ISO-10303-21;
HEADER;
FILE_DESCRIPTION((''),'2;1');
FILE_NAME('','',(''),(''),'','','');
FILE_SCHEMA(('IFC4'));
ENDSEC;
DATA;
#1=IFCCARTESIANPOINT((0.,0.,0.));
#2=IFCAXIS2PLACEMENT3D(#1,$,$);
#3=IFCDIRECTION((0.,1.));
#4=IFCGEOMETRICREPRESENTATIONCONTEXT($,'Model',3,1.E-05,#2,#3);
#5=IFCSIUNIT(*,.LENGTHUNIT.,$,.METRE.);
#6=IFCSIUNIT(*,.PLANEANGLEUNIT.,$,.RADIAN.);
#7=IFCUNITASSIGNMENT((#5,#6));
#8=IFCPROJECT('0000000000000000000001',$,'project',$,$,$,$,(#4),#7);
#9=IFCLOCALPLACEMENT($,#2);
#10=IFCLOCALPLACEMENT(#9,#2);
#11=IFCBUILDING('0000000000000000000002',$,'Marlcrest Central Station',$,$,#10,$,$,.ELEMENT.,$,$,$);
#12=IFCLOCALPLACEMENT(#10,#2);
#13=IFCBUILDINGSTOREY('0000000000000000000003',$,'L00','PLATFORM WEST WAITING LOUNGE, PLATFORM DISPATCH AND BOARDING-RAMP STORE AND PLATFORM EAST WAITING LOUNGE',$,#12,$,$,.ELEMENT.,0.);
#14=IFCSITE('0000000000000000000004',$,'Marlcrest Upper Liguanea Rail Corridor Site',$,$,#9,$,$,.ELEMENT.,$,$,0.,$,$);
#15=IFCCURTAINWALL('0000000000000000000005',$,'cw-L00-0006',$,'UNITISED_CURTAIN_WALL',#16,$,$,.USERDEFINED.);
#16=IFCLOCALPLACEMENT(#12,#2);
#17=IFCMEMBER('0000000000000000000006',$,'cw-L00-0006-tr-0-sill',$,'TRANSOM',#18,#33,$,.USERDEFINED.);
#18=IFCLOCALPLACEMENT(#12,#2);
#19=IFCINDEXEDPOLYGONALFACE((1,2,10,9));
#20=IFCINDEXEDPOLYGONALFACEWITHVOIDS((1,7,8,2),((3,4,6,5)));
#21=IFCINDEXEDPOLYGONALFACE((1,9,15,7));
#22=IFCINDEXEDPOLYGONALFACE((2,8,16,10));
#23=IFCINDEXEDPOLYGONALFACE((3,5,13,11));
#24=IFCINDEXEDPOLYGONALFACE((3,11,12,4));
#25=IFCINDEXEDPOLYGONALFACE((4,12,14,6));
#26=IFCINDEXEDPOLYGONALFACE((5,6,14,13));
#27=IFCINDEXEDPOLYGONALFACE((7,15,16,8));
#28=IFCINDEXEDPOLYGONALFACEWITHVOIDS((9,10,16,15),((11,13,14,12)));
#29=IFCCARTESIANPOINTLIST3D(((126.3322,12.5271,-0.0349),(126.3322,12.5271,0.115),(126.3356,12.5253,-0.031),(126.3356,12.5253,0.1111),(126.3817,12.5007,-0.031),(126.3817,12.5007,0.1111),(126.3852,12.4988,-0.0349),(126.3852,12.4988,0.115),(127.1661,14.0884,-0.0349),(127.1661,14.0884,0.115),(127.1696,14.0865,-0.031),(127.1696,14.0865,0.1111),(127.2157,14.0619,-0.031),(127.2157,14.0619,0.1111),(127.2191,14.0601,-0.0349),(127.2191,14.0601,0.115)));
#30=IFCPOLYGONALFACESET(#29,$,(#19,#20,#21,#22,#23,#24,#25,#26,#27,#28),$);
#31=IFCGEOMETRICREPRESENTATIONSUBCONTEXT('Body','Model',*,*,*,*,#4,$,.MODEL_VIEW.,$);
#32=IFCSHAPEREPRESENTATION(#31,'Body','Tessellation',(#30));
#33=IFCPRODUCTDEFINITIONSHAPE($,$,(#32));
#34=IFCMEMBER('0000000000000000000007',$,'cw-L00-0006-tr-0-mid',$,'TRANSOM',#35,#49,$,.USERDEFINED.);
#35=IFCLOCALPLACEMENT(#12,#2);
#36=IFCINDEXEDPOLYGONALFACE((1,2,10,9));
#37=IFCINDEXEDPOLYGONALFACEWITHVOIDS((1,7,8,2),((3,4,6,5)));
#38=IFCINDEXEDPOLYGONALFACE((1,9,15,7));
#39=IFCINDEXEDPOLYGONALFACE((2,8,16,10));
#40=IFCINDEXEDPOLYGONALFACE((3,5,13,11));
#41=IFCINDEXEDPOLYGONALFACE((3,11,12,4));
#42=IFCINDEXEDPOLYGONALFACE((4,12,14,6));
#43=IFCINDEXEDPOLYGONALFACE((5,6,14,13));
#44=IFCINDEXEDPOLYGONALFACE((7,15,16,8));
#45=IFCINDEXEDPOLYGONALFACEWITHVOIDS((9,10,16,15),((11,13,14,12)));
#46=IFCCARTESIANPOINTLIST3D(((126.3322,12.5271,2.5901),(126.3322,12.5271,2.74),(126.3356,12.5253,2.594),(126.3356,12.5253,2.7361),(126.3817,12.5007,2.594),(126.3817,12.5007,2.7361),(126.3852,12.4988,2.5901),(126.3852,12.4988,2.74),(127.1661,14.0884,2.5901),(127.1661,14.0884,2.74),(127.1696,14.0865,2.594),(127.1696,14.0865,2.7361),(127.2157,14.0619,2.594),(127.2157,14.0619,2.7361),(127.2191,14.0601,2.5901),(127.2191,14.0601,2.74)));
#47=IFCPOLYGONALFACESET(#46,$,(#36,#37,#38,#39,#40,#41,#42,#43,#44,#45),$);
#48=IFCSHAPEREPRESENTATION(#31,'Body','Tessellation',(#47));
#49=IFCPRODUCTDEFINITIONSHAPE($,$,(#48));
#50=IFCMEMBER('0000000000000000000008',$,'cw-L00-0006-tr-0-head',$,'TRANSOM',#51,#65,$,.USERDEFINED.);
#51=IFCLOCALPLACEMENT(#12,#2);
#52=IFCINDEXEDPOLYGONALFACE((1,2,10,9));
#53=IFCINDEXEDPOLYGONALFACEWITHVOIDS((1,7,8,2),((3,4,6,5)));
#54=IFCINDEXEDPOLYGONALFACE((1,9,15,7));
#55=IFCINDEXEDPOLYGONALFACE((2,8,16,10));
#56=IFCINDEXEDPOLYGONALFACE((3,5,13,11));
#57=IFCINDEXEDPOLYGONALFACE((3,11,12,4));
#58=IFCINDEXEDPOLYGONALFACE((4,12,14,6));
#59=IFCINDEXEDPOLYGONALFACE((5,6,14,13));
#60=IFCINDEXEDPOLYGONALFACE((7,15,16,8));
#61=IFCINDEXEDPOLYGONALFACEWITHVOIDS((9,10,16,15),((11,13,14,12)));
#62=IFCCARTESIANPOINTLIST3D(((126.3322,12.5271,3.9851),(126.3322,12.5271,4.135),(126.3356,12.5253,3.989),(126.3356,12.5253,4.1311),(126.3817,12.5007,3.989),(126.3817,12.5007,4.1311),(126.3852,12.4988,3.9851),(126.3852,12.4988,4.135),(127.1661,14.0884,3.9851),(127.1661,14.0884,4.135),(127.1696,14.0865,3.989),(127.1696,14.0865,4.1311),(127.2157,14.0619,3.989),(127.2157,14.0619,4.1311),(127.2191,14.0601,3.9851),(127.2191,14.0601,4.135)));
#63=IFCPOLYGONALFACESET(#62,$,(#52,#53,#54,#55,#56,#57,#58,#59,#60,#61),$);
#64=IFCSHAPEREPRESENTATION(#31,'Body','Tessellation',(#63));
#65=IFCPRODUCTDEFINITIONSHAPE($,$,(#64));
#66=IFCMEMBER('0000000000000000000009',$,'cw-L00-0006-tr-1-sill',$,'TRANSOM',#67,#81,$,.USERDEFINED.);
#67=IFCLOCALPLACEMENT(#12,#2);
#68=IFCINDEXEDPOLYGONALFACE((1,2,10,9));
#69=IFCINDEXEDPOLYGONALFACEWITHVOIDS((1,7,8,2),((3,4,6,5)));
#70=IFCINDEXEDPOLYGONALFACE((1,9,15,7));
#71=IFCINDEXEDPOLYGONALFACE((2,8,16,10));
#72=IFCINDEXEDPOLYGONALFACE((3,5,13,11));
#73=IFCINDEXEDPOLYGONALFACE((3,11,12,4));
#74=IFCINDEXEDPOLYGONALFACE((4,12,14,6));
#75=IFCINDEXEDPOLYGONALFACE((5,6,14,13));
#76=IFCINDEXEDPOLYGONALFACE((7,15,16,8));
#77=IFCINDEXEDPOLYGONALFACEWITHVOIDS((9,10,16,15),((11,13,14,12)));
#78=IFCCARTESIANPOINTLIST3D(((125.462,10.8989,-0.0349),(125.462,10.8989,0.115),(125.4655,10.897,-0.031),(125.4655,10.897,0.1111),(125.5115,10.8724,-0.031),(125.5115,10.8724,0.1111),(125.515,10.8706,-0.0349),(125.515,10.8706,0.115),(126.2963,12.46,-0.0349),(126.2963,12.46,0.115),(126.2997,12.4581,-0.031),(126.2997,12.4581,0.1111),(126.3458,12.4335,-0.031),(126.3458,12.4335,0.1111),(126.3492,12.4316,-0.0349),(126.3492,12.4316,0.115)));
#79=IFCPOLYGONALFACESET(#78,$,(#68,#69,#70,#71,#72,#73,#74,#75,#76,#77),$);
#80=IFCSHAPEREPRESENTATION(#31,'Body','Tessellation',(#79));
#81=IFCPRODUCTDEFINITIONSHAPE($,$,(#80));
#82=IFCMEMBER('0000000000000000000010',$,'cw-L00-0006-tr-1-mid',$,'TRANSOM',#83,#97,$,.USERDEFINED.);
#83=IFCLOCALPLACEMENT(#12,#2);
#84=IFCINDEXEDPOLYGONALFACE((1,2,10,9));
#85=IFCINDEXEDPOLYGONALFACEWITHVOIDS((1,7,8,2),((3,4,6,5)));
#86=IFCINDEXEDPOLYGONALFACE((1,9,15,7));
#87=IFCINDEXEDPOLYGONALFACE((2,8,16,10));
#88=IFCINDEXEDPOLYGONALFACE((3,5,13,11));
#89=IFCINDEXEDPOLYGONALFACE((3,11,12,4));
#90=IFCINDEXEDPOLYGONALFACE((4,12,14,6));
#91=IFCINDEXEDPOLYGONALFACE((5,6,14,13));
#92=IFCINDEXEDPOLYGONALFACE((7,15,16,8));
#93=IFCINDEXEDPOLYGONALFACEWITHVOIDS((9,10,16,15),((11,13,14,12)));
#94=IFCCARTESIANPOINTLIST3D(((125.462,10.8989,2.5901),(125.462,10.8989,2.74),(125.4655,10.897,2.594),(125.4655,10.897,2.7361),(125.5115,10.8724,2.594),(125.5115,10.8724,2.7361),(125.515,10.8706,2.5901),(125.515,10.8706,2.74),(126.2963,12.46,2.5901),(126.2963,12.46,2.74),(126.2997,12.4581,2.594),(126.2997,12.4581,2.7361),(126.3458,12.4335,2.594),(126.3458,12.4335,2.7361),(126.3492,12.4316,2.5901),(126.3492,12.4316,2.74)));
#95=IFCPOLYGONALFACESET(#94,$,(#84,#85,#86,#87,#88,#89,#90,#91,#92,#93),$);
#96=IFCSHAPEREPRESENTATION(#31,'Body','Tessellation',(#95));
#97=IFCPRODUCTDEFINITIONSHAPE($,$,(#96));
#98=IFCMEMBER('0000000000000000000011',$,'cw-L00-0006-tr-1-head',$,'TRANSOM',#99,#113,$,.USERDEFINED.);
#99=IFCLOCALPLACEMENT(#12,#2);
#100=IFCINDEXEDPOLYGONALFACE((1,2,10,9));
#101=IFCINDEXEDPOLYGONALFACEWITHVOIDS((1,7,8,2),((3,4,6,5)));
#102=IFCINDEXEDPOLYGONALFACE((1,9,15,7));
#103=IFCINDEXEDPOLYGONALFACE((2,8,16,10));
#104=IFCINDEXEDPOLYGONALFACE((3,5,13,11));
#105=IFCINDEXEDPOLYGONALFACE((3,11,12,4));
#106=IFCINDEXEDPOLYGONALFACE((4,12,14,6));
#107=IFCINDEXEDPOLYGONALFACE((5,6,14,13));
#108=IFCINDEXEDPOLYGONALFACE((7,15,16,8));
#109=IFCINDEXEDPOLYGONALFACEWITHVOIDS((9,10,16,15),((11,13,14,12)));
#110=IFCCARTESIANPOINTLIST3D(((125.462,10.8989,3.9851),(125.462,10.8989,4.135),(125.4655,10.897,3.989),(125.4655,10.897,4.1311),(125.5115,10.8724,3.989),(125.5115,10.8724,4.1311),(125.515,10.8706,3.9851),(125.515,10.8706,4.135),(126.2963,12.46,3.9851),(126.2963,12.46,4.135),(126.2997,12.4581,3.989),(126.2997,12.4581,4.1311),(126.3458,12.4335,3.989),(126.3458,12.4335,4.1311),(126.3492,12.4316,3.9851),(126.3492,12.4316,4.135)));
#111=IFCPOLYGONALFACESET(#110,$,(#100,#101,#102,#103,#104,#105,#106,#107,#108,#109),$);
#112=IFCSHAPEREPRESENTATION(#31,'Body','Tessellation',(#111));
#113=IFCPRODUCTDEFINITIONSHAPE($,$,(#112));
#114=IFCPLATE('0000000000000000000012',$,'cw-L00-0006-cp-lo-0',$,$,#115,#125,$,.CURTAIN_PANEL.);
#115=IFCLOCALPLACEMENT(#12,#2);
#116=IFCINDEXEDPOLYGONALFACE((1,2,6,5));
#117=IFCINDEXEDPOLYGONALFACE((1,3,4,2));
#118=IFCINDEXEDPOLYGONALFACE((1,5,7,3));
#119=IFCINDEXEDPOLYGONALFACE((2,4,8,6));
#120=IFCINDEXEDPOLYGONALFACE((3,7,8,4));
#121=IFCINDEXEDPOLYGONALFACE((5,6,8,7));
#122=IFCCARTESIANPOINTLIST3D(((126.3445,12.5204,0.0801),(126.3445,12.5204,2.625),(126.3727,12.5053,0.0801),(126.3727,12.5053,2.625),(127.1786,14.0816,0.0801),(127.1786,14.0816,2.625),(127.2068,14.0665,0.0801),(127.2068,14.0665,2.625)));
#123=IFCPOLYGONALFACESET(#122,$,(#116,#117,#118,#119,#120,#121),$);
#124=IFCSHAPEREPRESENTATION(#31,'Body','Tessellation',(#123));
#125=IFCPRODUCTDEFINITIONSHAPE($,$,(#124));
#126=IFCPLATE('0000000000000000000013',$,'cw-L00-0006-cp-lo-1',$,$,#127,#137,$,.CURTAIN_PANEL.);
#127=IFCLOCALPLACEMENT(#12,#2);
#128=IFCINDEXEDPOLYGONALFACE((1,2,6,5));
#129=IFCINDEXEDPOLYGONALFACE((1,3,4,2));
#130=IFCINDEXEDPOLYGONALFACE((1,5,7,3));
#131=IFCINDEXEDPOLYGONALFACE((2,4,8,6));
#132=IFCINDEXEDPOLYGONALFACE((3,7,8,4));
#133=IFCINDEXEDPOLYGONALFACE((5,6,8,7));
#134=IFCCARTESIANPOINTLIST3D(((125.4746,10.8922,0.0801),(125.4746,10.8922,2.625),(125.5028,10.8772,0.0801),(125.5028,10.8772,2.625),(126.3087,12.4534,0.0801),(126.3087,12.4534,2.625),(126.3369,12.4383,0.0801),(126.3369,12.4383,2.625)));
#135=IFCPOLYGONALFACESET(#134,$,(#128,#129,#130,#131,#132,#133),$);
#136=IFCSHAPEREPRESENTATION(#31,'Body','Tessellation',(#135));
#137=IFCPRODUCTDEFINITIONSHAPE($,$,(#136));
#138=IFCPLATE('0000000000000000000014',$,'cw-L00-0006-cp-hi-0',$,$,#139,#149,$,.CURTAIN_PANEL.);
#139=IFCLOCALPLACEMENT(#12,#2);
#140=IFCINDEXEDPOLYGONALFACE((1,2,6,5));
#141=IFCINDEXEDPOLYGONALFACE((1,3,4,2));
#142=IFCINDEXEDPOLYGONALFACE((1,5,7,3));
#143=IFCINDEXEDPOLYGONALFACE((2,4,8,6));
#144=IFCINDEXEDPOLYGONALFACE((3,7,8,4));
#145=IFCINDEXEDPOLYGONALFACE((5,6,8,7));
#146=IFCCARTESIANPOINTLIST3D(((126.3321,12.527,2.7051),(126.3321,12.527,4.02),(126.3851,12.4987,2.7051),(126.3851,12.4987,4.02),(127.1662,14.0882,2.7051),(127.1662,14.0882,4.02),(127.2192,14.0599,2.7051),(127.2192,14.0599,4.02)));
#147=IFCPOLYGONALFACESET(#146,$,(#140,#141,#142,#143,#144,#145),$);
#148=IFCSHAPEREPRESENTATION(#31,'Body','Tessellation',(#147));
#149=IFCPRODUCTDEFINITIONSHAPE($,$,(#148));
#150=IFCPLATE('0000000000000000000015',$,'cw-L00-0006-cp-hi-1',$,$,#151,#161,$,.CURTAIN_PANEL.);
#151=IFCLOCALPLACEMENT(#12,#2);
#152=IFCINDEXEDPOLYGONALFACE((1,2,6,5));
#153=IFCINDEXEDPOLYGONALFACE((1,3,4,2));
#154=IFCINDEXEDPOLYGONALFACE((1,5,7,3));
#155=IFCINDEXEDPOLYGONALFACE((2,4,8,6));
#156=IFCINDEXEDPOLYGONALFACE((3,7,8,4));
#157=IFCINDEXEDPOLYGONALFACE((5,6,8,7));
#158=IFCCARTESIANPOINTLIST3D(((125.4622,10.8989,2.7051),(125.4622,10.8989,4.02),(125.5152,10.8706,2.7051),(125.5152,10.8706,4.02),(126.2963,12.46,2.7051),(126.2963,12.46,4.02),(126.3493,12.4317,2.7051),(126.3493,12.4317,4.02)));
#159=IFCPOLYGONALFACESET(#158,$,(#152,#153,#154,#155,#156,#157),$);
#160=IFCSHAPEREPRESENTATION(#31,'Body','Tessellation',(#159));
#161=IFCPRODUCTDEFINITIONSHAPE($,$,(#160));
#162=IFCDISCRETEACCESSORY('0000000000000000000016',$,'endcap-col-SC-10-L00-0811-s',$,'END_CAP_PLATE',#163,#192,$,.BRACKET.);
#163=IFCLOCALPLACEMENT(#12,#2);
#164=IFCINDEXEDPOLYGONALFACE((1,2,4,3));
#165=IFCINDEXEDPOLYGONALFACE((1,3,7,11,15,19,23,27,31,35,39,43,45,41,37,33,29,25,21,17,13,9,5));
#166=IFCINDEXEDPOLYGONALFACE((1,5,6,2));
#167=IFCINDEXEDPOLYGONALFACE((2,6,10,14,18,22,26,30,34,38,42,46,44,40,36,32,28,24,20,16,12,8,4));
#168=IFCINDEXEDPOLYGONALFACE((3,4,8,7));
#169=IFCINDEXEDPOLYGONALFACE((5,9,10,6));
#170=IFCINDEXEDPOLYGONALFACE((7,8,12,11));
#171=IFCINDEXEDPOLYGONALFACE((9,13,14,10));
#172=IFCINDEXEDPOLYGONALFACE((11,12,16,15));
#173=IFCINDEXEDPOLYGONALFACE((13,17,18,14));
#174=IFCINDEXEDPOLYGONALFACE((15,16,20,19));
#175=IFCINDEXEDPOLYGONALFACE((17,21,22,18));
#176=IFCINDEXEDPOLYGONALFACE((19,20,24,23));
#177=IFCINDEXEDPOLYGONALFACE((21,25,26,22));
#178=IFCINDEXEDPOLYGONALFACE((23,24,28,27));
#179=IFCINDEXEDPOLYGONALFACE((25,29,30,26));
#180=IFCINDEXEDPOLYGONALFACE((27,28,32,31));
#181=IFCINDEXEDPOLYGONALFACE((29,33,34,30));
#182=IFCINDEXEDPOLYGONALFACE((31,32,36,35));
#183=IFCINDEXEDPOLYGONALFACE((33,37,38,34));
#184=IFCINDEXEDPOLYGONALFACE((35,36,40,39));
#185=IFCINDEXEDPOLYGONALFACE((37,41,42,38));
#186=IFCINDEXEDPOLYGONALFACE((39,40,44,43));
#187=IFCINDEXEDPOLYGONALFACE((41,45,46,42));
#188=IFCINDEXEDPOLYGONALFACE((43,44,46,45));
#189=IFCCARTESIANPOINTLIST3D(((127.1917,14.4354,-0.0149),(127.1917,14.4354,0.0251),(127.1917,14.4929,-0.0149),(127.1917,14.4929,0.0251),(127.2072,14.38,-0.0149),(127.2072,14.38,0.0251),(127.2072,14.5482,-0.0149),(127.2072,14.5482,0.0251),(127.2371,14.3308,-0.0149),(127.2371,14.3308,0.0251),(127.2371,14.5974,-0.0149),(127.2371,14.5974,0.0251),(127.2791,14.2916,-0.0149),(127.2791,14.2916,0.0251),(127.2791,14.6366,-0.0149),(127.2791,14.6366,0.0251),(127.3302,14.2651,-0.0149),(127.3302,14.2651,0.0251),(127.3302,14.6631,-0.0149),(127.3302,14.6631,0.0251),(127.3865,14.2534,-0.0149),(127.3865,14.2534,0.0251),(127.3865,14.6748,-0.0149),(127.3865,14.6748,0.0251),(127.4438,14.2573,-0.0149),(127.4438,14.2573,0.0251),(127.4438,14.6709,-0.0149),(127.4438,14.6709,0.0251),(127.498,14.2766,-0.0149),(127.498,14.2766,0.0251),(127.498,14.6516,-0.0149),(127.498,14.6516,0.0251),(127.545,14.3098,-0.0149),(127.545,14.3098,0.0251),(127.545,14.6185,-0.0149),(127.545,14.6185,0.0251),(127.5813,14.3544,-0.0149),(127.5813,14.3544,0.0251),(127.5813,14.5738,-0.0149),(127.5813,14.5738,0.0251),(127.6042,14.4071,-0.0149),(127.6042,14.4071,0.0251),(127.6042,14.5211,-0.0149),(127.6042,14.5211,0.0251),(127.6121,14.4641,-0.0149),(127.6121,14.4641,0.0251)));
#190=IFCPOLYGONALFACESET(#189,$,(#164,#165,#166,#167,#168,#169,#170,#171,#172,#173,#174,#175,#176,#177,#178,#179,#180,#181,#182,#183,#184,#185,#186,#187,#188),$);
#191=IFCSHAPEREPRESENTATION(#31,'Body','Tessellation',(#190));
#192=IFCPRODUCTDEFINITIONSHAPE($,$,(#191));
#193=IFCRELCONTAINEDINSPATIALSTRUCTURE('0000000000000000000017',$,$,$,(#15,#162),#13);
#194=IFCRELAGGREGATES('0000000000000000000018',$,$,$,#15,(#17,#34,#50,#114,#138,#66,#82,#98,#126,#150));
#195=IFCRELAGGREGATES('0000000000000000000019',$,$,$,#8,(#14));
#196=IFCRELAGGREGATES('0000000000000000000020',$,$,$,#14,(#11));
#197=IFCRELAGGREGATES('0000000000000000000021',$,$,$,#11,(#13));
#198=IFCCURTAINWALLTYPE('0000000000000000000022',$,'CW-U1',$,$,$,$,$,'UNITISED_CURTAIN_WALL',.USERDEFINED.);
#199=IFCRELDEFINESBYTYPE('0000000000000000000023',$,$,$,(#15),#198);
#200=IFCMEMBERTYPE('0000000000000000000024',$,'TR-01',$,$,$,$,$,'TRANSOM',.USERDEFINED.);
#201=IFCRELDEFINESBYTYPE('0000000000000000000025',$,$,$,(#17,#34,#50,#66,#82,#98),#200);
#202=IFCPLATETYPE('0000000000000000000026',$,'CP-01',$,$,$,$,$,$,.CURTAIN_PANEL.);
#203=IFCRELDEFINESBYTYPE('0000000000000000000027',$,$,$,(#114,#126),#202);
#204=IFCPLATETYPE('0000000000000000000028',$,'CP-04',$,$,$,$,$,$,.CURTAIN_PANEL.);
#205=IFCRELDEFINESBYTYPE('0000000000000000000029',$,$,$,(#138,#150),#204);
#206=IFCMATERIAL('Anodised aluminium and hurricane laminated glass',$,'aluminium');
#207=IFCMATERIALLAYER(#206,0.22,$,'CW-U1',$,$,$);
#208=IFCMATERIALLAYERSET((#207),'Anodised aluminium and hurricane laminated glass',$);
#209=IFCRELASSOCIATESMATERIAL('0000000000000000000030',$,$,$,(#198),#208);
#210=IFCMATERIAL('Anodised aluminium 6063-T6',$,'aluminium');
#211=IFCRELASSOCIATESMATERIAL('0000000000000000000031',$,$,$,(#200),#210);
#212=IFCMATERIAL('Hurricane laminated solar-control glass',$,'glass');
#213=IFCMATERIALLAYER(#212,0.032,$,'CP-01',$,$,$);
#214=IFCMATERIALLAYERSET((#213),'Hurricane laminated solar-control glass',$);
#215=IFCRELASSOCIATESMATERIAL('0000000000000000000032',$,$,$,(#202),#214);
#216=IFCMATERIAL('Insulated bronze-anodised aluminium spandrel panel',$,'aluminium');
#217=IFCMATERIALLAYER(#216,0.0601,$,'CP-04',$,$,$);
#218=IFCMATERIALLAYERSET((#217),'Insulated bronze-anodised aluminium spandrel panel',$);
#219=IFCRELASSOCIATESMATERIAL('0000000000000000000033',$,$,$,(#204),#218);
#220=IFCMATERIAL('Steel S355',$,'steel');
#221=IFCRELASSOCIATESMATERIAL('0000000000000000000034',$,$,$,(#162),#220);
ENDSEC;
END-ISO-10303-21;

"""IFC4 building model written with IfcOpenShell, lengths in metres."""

from ifc_helpers import new_model, si_unit, direction, frame, origin, origin_2d, place, context, subcontext, project, spatial, rectangle, hollow_rectangle, circle, extrude, material, layer, layer_set, material_profile, profile_set, type_object, element, aggregate, save


model = new_model("IFC4")

# Units and contexts
model_context = context("Model", 3, precision=1e-05, world=origin(), true_north=direction((0.0, 1.0)))
body_context = subcontext(model_context, "Body", "Model", "MODEL_VIEW")
ifc_project = project(units=[si_unit("LENGTHUNIT", "METRE"), si_unit("PLANEANGLEUNIT", "RADIAN")], contexts=[model_context])

# Site, building, storey
site_placement = place(None, origin())
site = spatial("IfcSite", under=ifc_project, at=site_placement, Name="Marlcrest Upper Liguanea Rail Corridor Site", CompositionType="ELEMENT", RefElevation=0.0)
building_placement = place(site_placement, origin())
building = spatial("IfcBuilding", under=site, at=building_placement, Name="Marlcrest Central Station", CompositionType="ELEMENT")
storey_placement = place(building_placement, origin())
storey = spatial("IfcBuildingStorey", under=building, at=storey_placement, Name="L00", Description="PLATFORM WEST WAITING LOUNGE, PLATFORM DISPATCH AND BOARDING-RAMP STORE AND PLATFORM EAST WAITING LOUNGE", CompositionType="ELEMENT", Elevation=0.0)

# Shared definitions
ifc_material_1 = material(Name="Steel S355", Category="steel")

# Curtain wall
ifc_material_2 = material(Name="Anodised aluminium and hurricane laminated glass", Category="aluminium")
ifc_layer_1 = layer(ifc_material_2, 0.22, Name="CW-U1")
ifc_layer_set_1 = layer_set([ifc_layer_1], Name="Anodised aluminium and hurricane laminated glass")
curtain_wall_type = type_object("IfcCurtainWallType", Name="CW-U1", ElementType="UNITISED_CURTAIN_WALL", PredefinedType="USERDEFINED", material=ifc_layer_set_1)
curtain_wall_1_placement = place(storey_placement, origin())
curtain_wall_1 = element("IfcCurtainWall", 1, at=curtain_wall_1_placement, inside=storey, type_object=curtain_wall_type, Name="cw-L00-0006", ObjectType="UNITISED_CURTAIN_WALL", PredefinedType="USERDEFINED")
ifc_material_3 = material(Name="Anodised aluminium 6063-T6", Category="aluminium")

# Members
ifc_material_profile_1 = material_profile(ifc_material_3, hollow_rectangle(XDim=0.0601, YDim=0.1499, WallThickness=0.0039, at=origin_2d()), Name="AA-RHS 150x60x4")
ifc_profile_set_1 = profile_set([ifc_material_profile_1], Name="Anodised aluminium 6063-T6")
member_type_1 = type_object("IfcMemberType", Name="TR-01", ElementType="TRANSOM", PredefinedType="USERDEFINED", material=ifc_profile_set_1)
member_1_placement = place(storey_placement, frame((127.1926, 14.0742, 0.04), z_axis=(-0.471161, -0.882047, 0.0), x_axis=(0.882047, -0.471161, 0.0)))
member_1 = element("IfcMember", 2, at=member_1_placement, type_object=member_type_1, Name="cw-L00-0006-tr-0-sill", ObjectType="TRANSOM", PredefinedType="USERDEFINED", context=body_context, shape_type="SweptSolid", body=[
    extrude(hollow_rectangle(XDim=0.0601, YDim=0.1499, WallThickness=0.0039, at=origin_2d()), origin(), (0.0, 0.0, 1.0), 1.77),
])
member_2_placement = place(storey_placement, frame((127.1926, 14.0742, 2.665), z_axis=(-0.471161, -0.882047, 0.0), x_axis=(0.882047, -0.471161, 0.0)))
member_2 = element("IfcMember", 3, at=member_2_placement, type_object=member_type_1, Name="cw-L00-0006-tr-0-mid", ObjectType="TRANSOM", PredefinedType="USERDEFINED", context=body_context, shape_type="SweptSolid", body=[
    extrude(hollow_rectangle(XDim=0.0601, YDim=0.1499, WallThickness=0.0039, at=origin_2d()), origin(), (0.0, 0.0, 1.0), 1.77),
])
member_3_placement = place(storey_placement, frame((127.1926, 14.0742, 4.0601), z_axis=(-0.471161, -0.882047, 0.0), x_axis=(0.882047, -0.471161, 0.0)))
member_3 = element("IfcMember", 4, at=member_3_placement, type_object=member_type_1, Name="cw-L00-0006-tr-0-head", ObjectType="TRANSOM", PredefinedType="USERDEFINED", context=body_context, shape_type="SweptSolid", body=[
    extrude(hollow_rectangle(XDim=0.0601, YDim=0.1499, WallThickness=0.0039, at=origin_2d()), origin(), (0.0, 0.0, 1.0), 1.77),
])
member_4_placement = place(storey_placement, frame((126.3228, 12.4458, 0.04), z_axis=(-0.471325, -0.881959, 0.0), x_axis=(0.881959, -0.471325, 0.0)))
member_4 = element("IfcMember", 5, at=member_4_placement, type_object=member_type_1, Name="cw-L00-0006-tr-1-sill", ObjectType="TRANSOM", PredefinedType="USERDEFINED", context=body_context, shape_type="SweptSolid", body=[
    extrude(hollow_rectangle(XDim=0.0601, YDim=0.1499, WallThickness=0.0039, at=origin_2d()), origin(), (0.0, 0.0, 1.0), 1.77),
])
member_5_placement = place(storey_placement, frame((126.3228, 12.4458, 2.665), z_axis=(-0.471325, -0.881959, 0.0), x_axis=(0.881959, -0.471325, 0.0)))
member_5 = element("IfcMember", 6, at=member_5_placement, type_object=member_type_1, Name="cw-L00-0006-tr-1-mid", ObjectType="TRANSOM", PredefinedType="USERDEFINED", context=body_context, shape_type="SweptSolid", body=[
    extrude(hollow_rectangle(XDim=0.0601, YDim=0.1499, WallThickness=0.0039, at=origin_2d()), origin(), (0.0, 0.0, 1.0), 1.77),
])
member_6_placement = place(storey_placement, frame((126.3228, 12.4458, 4.0601), z_axis=(-0.471325, -0.881959, 0.0), x_axis=(0.881959, -0.471325, 0.0)))
member_6 = element("IfcMember", 7, at=member_6_placement, type_object=member_type_1, Name="cw-L00-0006-tr-1-head", ObjectType="TRANSOM", PredefinedType="USERDEFINED", context=body_context, shape_type="SweptSolid", body=[
    extrude(hollow_rectangle(XDim=0.0601, YDim=0.1499, WallThickness=0.0039, at=origin_2d()), origin(), (0.0, 0.0, 1.0), 1.77),
])

# Plates
ifc_material_4 = material(Name="Hurricane laminated solar-control glass", Category="glass")
ifc_layer_2 = layer(ifc_material_4, 0.032, Name="CP-01")
ifc_layer_set_2 = layer_set([ifc_layer_2], Name="Hurricane laminated solar-control glass")
plate_type_1 = type_object("IfcPlateType", Name="CP-01", PredefinedType="CURTAIN_PANEL", material=ifc_layer_set_2)
plate_1_placement = place(storey_placement, frame((126.7756, 13.2935, 0.0801), z_axis=(0.0, 0.0, 1.0), x_axis=(-0.471243, -0.882004, 0.0)))
plate_1 = element("IfcPlate", 8, at=plate_1_placement, type_object=plate_type_1, Name="cw-L00-0006-cp-lo-0", PredefinedType="CURTAIN_PANEL", context=body_context, shape_type="SweptSolid", body=[
    extrude(rectangle(XDim=1.77, YDim=0.032, at=origin_2d()), origin(), (0.0, 0.0, 1.0), 2.5449),
])
plate_2_placement = place(storey_placement, frame((125.9058, 11.6653, 0.0801), z_axis=(0.0, 0.0, 1.0), x_axis=(-0.471243, -0.882004, 0.0)))
plate_2 = element("IfcPlate", 9, at=plate_2_placement, type_object=plate_type_1, Name="cw-L00-0006-cp-lo-1", PredefinedType="CURTAIN_PANEL", context=body_context, shape_type="SweptSolid", body=[
    extrude(rectangle(XDim=1.77, YDim=0.032, at=origin_2d()), origin(), (0.0, 0.0, 1.0), 2.5449),
])
ifc_material_5 = material(Name="Insulated bronze-anodised aluminium spandrel panel", Category="aluminium")
ifc_layer_3 = layer(ifc_material_5, 0.0601, Name="CP-04")
ifc_layer_set_3 = layer_set([ifc_layer_3], Name="Insulated bronze-anodised aluminium spandrel panel")
plate_type_2 = type_object("IfcPlateType", Name="CP-04", PredefinedType="CURTAIN_PANEL", material=ifc_layer_set_3)
plate_3_placement = place(storey_placement, frame((126.7756, 13.2935, 2.7051), z_axis=(0.0, 0.0, 1.0), x_axis=(-0.471243, -0.882004, 0.0)))
plate_3 = element("IfcPlate", 10, at=plate_3_placement, type_object=plate_type_2, Name="cw-L00-0006-cp-hi-0", PredefinedType="CURTAIN_PANEL", context=body_context, shape_type="SweptSolid", body=[
    extrude(rectangle(XDim=1.77, YDim=0.0601, at=origin_2d()), origin(), (0.0, 0.0, 1.0), 1.3149),
])
plate_4_placement = place(storey_placement, frame((125.9058, 11.6653, 2.7051), z_axis=(0.0, 0.0, 1.0), x_axis=(-0.471243, -0.882004, 0.0)))
plate_4 = element("IfcPlate", 11, at=plate_4_placement, type_object=plate_type_2, Name="cw-L00-0006-cp-hi-1", PredefinedType="CURTAIN_PANEL", context=body_context, shape_type="SweptSolid", body=[
    extrude(rectangle(XDim=1.77, YDim=0.0601, at=origin_2d()), origin(), (0.0, 0.0, 1.0), 1.3149),
])
aggregate(curtain_wall_1, [member_1, member_2, member_3, plate_1, plate_3, member_4, member_5, member_6, plate_2, plate_4])

# Discrete accessory
for number, where, z_axis, x_axis, name in (
    (12, (127.4009, 14.4641, -0.0149), (0.0, 0.0, 1.0), (1.0, 0.0, 0.0), "endcap-col-SC-10-L00-0811-s"),
):
    element("IfcDiscreteAccessory", number, at=place(storey_placement, frame(where, z_axis=z_axis, x_axis=x_axis)), inside=storey, material=ifc_material_1, Name=name, ObjectType="END_CAP_PLATE", PredefinedType="BRACKET", context=body_context, shape_type="SweptSolid", body=[
        extrude(circle(Radius=0.2112, at=origin_2d()), origin(), (0.0, 0.0, 1.0), 0.04),
    ])

save(model, "model.ifc")
